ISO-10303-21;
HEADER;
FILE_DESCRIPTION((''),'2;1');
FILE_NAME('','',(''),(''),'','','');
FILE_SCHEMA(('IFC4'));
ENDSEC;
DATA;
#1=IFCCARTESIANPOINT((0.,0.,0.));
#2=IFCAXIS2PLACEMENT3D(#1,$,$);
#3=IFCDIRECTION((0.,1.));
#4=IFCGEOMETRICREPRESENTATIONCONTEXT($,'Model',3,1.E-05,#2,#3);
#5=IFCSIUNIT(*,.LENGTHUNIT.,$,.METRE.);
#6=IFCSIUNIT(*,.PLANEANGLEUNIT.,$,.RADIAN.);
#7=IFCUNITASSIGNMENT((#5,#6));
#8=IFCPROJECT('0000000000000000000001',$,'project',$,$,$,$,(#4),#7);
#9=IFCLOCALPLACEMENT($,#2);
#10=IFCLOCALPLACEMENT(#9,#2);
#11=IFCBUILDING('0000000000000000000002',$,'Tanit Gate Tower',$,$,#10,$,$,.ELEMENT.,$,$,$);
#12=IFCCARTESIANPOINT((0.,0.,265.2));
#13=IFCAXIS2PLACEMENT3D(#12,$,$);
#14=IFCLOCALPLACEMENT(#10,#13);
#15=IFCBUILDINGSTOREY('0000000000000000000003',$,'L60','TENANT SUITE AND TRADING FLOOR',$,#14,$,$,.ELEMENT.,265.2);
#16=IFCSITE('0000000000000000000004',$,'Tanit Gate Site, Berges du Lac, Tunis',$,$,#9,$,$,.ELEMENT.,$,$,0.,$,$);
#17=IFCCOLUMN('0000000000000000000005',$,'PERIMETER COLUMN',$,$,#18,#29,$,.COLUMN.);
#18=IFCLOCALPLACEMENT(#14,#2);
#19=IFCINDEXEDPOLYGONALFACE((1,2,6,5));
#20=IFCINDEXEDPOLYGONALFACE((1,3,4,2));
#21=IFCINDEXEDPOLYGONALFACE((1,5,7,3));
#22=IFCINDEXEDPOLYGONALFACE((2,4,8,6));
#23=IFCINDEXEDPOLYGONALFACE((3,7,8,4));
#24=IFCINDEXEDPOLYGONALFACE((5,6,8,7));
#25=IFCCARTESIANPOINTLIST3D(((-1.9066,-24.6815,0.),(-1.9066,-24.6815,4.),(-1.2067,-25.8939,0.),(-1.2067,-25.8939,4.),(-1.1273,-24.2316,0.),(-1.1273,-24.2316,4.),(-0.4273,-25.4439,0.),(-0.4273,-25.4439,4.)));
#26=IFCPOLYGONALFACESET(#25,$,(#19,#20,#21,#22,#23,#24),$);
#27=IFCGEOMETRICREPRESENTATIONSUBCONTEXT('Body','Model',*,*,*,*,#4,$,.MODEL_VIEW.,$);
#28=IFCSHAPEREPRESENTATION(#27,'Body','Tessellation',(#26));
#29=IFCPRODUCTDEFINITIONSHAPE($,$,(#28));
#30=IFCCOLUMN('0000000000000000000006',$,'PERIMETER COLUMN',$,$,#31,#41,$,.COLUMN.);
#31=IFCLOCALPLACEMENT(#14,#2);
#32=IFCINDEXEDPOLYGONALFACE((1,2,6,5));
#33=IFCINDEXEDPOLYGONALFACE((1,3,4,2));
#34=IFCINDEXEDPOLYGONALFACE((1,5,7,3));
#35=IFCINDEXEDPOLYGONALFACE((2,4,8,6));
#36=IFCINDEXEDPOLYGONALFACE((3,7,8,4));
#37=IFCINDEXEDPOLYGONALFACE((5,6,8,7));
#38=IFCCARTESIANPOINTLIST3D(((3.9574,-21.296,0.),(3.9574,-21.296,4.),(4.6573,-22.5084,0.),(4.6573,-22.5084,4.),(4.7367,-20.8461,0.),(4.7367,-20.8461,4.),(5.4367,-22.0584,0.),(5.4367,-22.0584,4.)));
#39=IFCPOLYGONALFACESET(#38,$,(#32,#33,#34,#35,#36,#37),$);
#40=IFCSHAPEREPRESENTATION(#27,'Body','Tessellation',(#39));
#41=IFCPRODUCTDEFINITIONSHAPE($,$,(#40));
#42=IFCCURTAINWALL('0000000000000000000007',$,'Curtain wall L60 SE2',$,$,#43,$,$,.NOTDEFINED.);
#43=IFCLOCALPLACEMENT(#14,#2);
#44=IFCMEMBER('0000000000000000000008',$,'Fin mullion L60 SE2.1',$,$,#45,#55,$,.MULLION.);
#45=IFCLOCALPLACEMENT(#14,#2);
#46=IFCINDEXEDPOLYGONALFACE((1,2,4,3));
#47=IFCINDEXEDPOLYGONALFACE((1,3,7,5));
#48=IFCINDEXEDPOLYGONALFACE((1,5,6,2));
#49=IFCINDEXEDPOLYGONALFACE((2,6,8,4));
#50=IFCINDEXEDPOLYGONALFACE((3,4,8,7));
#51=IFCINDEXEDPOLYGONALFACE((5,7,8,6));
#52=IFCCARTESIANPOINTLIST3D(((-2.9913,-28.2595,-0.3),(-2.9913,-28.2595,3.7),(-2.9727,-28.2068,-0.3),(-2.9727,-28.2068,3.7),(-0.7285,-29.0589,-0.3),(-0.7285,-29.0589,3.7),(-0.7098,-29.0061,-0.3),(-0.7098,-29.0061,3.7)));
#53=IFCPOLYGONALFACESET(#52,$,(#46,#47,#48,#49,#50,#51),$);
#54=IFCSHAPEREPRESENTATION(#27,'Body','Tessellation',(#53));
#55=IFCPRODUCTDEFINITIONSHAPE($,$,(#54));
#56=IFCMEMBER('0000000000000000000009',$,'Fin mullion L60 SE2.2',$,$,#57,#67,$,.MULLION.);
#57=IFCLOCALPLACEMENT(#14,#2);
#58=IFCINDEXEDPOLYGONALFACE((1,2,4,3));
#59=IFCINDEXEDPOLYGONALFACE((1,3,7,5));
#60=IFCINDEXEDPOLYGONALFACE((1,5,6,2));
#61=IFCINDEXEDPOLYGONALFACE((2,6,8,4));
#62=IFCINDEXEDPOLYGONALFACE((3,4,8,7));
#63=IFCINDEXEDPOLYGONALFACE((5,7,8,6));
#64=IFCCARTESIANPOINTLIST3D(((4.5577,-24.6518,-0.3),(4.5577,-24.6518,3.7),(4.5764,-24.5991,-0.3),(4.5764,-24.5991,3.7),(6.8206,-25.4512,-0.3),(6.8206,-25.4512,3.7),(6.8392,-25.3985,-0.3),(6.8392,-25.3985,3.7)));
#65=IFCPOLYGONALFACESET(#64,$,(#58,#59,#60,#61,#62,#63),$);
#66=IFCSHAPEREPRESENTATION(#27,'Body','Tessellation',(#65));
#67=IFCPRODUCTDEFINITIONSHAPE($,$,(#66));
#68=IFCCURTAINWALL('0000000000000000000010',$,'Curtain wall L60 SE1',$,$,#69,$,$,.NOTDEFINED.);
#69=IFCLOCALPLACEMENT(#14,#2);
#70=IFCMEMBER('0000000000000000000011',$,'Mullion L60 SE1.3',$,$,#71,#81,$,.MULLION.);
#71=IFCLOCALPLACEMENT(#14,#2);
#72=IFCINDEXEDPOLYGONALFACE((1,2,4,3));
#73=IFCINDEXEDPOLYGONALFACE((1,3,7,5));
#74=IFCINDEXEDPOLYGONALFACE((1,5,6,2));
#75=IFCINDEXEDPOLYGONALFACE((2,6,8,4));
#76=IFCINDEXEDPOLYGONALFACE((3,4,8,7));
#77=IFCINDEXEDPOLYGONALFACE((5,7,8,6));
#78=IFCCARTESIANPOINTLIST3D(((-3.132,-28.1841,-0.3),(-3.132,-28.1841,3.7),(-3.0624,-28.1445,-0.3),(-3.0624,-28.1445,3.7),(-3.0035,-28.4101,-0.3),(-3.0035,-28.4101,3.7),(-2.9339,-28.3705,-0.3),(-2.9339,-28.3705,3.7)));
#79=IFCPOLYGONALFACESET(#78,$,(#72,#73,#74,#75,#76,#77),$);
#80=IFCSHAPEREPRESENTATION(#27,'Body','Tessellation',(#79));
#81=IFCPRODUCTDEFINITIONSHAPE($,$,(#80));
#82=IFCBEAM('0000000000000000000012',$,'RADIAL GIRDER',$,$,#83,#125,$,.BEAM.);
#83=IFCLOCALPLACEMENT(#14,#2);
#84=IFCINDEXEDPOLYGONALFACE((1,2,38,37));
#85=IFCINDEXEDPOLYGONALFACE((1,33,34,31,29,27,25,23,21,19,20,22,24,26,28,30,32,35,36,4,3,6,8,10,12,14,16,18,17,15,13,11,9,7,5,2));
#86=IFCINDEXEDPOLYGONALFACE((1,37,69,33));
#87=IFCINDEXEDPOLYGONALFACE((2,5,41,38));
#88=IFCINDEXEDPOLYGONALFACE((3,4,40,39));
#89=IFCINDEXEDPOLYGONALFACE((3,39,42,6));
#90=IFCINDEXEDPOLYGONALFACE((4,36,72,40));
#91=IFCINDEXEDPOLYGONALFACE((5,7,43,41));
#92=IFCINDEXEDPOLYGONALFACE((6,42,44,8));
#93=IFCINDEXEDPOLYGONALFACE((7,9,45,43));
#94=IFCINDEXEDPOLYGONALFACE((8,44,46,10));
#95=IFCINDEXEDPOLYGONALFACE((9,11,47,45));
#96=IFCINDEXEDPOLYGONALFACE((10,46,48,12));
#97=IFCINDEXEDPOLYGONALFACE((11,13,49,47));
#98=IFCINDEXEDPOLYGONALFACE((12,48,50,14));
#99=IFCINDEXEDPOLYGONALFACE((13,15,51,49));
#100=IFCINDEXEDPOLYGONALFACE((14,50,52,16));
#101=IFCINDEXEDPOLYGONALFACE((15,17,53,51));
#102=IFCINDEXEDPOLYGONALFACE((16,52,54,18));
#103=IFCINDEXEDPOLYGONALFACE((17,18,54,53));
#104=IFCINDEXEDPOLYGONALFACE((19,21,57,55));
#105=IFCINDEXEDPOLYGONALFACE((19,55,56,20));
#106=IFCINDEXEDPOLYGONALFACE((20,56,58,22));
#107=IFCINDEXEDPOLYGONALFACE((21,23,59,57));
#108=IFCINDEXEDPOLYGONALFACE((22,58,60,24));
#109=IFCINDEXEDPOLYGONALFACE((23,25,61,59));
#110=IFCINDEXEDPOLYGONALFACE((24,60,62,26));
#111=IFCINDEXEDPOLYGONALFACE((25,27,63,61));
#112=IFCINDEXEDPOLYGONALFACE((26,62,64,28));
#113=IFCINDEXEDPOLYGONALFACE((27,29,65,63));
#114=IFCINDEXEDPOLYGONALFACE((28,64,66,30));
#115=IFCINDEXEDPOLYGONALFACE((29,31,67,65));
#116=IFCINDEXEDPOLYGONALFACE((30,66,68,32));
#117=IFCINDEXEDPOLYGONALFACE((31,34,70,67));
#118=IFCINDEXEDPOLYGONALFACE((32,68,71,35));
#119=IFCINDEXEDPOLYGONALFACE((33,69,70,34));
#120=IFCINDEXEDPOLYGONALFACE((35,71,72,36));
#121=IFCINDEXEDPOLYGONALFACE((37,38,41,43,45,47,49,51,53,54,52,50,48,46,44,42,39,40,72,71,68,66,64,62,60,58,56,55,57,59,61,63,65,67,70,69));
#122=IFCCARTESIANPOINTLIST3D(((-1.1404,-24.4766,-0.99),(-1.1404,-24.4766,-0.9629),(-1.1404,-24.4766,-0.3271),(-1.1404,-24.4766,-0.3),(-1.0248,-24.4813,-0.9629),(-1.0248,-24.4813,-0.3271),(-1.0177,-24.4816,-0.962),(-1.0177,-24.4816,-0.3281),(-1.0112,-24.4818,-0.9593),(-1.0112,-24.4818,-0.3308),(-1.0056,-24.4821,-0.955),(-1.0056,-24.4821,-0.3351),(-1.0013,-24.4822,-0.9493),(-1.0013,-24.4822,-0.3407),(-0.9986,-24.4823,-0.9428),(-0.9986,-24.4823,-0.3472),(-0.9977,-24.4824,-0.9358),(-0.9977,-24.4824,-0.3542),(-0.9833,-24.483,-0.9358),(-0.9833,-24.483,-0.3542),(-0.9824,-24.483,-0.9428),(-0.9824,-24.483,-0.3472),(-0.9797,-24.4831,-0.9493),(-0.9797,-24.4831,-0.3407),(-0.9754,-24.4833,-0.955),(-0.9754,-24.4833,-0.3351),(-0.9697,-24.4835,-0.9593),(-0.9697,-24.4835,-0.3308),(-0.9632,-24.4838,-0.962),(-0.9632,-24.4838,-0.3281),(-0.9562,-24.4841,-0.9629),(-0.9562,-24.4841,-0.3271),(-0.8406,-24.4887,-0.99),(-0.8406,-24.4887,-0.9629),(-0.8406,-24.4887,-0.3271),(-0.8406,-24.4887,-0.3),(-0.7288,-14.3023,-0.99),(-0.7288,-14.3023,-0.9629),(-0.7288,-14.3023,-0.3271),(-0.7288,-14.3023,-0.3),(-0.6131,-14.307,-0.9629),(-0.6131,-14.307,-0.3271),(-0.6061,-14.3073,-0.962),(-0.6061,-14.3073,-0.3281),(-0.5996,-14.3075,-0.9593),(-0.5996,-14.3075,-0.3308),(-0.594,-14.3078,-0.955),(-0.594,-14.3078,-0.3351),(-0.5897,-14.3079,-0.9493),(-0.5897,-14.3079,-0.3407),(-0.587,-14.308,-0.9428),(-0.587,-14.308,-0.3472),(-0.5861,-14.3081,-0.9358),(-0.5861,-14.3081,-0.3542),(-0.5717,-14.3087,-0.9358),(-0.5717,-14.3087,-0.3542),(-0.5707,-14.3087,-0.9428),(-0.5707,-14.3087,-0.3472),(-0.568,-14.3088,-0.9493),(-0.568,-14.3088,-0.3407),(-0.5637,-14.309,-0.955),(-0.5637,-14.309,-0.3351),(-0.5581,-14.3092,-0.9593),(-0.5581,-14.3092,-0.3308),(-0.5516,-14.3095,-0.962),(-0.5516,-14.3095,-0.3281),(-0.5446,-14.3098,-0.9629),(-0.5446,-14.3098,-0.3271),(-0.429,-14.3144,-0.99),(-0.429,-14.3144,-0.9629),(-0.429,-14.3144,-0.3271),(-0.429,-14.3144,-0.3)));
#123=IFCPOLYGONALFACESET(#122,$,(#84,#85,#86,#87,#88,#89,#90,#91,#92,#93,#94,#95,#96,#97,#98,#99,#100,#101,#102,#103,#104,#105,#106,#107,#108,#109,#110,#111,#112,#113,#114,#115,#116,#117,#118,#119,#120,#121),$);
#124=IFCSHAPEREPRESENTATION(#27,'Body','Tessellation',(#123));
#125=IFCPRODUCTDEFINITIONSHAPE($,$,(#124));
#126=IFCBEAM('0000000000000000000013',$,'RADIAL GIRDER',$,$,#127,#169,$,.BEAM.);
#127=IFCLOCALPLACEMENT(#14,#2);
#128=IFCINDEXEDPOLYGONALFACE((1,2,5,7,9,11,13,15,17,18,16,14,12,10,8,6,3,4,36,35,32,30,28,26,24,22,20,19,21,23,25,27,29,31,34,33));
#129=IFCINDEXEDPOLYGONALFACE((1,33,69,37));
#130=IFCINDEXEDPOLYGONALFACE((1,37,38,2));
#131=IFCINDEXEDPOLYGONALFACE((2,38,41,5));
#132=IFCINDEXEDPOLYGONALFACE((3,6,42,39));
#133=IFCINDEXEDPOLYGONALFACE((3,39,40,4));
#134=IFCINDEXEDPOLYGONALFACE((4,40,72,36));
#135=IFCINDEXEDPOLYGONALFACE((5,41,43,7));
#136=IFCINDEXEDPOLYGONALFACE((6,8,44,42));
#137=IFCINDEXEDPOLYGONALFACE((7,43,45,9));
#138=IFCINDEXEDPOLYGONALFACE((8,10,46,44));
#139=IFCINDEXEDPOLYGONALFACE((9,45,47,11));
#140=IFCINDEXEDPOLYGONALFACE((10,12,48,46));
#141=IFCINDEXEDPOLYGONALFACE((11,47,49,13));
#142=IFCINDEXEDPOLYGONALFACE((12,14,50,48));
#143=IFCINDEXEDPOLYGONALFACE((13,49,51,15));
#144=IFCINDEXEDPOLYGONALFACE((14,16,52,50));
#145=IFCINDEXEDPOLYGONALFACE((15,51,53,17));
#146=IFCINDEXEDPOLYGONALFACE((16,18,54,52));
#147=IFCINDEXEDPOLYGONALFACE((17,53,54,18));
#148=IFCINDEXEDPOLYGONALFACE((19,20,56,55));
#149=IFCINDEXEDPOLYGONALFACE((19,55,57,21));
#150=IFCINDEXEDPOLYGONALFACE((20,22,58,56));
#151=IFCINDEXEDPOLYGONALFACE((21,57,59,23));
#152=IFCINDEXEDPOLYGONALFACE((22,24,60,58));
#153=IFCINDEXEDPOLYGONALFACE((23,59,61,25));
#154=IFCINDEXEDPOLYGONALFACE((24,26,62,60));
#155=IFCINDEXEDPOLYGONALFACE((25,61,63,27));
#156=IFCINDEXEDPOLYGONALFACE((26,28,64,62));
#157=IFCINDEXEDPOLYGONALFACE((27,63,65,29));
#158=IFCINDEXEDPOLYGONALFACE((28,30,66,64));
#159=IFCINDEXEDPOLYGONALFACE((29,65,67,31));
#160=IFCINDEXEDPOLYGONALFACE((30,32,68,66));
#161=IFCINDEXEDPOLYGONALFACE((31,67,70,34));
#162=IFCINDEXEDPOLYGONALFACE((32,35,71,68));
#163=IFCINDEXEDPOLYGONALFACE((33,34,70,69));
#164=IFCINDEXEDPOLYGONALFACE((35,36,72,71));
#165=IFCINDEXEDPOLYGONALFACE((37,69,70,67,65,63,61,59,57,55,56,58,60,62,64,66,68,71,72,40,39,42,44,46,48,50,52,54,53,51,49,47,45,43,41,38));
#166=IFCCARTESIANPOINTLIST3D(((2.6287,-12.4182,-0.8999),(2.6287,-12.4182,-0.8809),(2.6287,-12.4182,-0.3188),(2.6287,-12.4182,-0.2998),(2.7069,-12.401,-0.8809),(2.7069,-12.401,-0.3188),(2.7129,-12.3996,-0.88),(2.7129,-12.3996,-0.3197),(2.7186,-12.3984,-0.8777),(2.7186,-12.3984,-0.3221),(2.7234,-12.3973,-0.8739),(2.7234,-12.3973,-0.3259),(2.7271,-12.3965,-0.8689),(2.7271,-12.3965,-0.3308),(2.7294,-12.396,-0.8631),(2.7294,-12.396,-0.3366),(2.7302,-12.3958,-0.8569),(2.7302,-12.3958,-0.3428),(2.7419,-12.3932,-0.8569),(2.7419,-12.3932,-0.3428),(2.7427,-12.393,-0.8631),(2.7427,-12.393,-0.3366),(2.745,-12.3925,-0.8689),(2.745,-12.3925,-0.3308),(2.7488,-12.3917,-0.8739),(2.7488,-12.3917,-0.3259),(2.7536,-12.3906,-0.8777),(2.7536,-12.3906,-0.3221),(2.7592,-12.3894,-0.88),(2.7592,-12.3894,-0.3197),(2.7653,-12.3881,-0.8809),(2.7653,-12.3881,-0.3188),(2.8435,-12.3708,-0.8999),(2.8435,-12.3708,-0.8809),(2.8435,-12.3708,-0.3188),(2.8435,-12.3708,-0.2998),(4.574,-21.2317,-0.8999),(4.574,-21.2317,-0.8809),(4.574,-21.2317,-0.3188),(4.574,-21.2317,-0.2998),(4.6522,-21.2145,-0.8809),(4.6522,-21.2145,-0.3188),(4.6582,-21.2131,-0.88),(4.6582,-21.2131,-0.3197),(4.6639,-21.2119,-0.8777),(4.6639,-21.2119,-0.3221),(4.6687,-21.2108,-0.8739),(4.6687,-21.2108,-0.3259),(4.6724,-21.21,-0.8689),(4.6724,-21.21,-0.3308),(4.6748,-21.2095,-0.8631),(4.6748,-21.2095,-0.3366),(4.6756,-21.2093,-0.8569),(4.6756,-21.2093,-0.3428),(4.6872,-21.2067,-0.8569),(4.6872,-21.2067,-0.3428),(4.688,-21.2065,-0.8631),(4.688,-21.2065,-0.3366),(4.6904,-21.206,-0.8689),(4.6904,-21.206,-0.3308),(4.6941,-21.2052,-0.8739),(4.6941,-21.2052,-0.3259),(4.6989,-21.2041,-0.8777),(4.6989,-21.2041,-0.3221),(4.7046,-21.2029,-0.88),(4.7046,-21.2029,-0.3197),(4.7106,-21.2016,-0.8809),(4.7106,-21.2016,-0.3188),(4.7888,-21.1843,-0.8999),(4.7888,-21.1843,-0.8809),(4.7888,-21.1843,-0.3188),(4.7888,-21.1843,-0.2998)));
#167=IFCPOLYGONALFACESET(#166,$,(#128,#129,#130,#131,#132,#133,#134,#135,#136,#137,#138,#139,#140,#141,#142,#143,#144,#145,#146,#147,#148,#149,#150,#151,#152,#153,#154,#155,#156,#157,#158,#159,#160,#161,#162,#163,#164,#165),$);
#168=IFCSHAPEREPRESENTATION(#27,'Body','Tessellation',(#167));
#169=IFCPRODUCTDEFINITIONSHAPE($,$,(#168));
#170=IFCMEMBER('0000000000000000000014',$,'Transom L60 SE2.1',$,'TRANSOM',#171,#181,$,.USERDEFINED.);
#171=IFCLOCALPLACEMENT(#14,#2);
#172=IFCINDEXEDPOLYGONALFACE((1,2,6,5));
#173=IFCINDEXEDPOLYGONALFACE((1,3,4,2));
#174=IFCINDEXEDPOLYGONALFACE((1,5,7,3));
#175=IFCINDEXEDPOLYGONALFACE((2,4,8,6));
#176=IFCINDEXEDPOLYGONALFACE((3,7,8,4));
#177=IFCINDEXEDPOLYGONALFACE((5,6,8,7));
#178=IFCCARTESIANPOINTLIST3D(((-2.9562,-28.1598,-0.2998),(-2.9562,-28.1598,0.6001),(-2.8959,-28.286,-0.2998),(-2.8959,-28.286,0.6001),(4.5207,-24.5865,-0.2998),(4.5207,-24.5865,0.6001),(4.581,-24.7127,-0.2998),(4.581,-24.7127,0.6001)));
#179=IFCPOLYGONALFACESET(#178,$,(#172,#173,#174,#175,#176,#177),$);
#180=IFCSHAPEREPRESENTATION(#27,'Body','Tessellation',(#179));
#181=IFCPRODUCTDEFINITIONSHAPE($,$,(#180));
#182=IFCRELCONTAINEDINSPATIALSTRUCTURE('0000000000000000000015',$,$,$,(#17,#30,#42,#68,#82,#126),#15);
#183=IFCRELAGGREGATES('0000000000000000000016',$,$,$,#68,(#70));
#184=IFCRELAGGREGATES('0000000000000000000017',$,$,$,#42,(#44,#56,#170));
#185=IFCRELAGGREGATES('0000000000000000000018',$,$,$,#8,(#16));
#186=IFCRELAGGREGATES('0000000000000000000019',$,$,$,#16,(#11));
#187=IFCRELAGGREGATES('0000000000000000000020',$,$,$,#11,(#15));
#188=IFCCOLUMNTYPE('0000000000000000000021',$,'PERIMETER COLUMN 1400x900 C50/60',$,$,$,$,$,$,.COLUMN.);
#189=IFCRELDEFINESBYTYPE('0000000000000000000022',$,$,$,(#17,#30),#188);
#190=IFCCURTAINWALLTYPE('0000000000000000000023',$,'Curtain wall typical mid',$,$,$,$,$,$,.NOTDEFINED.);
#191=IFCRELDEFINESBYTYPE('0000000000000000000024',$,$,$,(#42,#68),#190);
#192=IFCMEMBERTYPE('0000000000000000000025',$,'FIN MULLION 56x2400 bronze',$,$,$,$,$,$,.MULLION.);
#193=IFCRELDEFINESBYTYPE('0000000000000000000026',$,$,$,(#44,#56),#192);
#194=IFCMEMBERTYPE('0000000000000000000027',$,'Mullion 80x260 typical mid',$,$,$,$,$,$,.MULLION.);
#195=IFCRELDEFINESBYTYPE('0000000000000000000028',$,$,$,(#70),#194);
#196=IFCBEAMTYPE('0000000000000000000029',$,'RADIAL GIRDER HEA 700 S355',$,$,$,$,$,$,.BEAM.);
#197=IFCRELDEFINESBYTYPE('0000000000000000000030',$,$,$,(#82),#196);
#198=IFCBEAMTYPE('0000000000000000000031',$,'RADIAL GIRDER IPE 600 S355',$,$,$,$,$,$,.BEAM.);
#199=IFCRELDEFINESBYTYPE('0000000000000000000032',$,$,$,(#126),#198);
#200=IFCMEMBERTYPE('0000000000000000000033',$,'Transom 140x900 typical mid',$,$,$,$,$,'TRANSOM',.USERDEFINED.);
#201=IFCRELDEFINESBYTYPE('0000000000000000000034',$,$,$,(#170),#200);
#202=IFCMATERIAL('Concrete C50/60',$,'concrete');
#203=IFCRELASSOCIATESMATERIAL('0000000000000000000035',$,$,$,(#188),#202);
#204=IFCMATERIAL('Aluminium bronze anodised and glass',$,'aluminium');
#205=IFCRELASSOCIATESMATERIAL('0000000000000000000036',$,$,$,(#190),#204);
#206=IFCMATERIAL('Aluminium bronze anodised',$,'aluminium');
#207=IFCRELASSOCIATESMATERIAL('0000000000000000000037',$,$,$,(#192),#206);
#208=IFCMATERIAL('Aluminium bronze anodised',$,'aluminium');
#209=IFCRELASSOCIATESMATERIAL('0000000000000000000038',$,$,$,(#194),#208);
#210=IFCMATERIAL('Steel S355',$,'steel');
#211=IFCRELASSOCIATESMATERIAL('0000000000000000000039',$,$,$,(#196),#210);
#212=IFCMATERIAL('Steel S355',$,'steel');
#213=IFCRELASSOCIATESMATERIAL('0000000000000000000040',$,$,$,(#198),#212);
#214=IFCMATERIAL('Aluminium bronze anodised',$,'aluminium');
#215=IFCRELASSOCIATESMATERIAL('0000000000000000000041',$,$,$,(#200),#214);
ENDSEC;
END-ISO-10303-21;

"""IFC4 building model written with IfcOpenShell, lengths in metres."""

from ifc_helpers import new_model, si_unit, direction, frame, origin, origin_2d, place, context, subcontext, project, spatial, rectangle, i_section, extrude, material, material_profile, profile_set, type_object, element, aggregate, save


model = new_model("IFC4")

# Units and contexts
model_context = context("Model", 3, precision=1e-05, world=origin(), true_north=direction((0.0, 1.0)))
body_context = subcontext(model_context, "Body", "Model", "MODEL_VIEW")
ifc_project = project(units=[si_unit("LENGTHUNIT", "METRE"), si_unit("PLANEANGLEUNIT", "RADIAN")], contexts=[model_context])

# Site, building, storey
site_placement = place(None, origin())
site = spatial("IfcSite", under=ifc_project, at=site_placement, Name="Tanit Gate Site, Berges du Lac, Tunis", CompositionType="ELEMENT", RefElevation=0.0)
building_placement = place(site_placement, origin())
building = spatial("IfcBuilding", under=site, at=building_placement, Name="Tanit Gate Tower", CompositionType="ELEMENT")
storey_placement = place(building_placement, frame((0.0, 0.0, 265.2)))
storey = spatial("IfcBuildingStorey", under=building, at=storey_placement, Name="L60", Description="TENANT SUITE AND TRADING FLOOR", CompositionType="ELEMENT", Elevation=265.2)

# Columns
ifc_material_1 = material(Name="Concrete C50/60", Category="concrete")
ifc_material_profile_1 = material_profile(ifc_material_1, rectangle(XDim=1.3999, YDim=0.8999, at=origin_2d()), Name="RC 1400x900")
ifc_profile_set_1 = profile_set([ifc_material_profile_1], Name="Concrete C50/60")
column_type = type_object("IfcColumnType", Name="PERIMETER COLUMN 1400x900 C50/60", PredefinedType="COLUMN", material=ifc_profile_set_1)
for number, where, z_axis, x_axis, name in (
    (1, (-1.167, -25.0627, 0.0), (0.0, 0.0, 1.0), (0.5, -0.866025, 0.0), "PERIMETER COLUMN"),
    (2, (4.697, -21.6772, 0.0), (0.0, 0.0, 1.0), (0.5, -0.866025, 0.0), "PERIMETER COLUMN"),
):
    element("IfcColumn", number, at=place(storey_placement, frame(where, z_axis=z_axis, x_axis=x_axis)), inside=storey, type_object=column_type, Name=name, PredefinedType="COLUMN", context=body_context, shape_type="SweptSolid", body=[
        extrude(rectangle(XDim=1.3999, YDim=0.8999, at=origin_2d()), origin(), (0.0, 0.0, 1.0), 4.0),
    ])

# Curtain wall, members
ifc_material_2 = material(Name="Aluminium bronze anodised and glass", Category="aluminium")
curtain_wall_type = type_object("IfcCurtainWallType", Name="Curtain wall typical mid", PredefinedType="NOTDEFINED", material=ifc_material_2)
curtain_wall_1_placement = place(storey_placement, origin())
curtain_wall_1 = element("IfcCurtainWall", 3, at=curtain_wall_1_placement, inside=storey, type_object=curtain_wall_type, Name="Curtain wall L60 SE2", PredefinedType="NOTDEFINED")
ifc_material_3 = material(Name="Aluminium bronze anodised", Category="aluminium")
ifc_material_profile_2 = material_profile(ifc_material_3, rectangle(XDim=2.3999, YDim=0.0559, at=origin_2d()), Name="56x2400 bronze fin mullion")
ifc_profile_set_2 = profile_set([ifc_material_profile_2], Name="Aluminium bronze anodised")
member_type_1 = type_object("IfcMemberType", Name="FIN MULLION 56x2400 bronze", PredefinedType="MULLION", material=ifc_profile_set_2)
member_1_placement = place(storey_placement, frame((-1.8506, -28.6328, -0.3), z_axis=(0.0, 0.0, 1.0), x_axis=(-0.942895, 0.33309, 0.0)))
member_1 = element("IfcMember", 4, at=member_1_placement, type_object=member_type_1, Name="Fin mullion L60 SE2.1", PredefinedType="MULLION", context=body_context, shape_type="SweptSolid", body=[
    extrude(rectangle(XDim=2.3999, YDim=0.0559, at=origin_2d()), origin(), (0.0, 0.0, 1.0), 4.0),
])
member_2_placement = place(storey_placement, frame((5.6985, -25.0251, -0.3), z_axis=(0.0, 0.0, 1.0), x_axis=(-0.942895, 0.33309, 0.0)))
member_2 = element("IfcMember", 5, at=member_2_placement, type_object=member_type_1, Name="Fin mullion L60 SE2.2", PredefinedType="MULLION", context=body_context, shape_type="SweptSolid", body=[
    extrude(rectangle(XDim=2.3999, YDim=0.0559, at=origin_2d()), origin(), (0.0, 0.0, 1.0), 4.0),
])

# Curtain wall, member
curtain_wall_2_placement = place(storey_placement, origin())
curtain_wall_2 = element("IfcCurtainWall", 6, at=curtain_wall_2_placement, inside=storey, type_object=curtain_wall_type, Name="Curtain wall L60 SE1", PredefinedType="NOTDEFINED")
ifc_material_4 = material(Name="Aluminium bronze anodised", Category="aluminium")
ifc_material_profile_3 = material_profile(ifc_material_4, rectangle(XDim=0.26, YDim=0.0801, at=origin_2d()), Name="80x260 bronze mullion")
ifc_profile_set_3 = profile_set([ifc_material_profile_3], Name="Aluminium bronze anodised")
member_type_2 = type_object("IfcMemberType", Name="Mullion 80x260 typical mid", PredefinedType="MULLION", material=ifc_profile_set_3)
member_3_placement = place(storey_placement, frame((-3.033, -28.2773, -0.3), z_axis=(0.0, 0.0, 1.0), x_axis=(-0.49447, 0.869195, 0.0)))
member_3 = element("IfcMember", 7, at=member_3_placement, type_object=member_type_2, Name="Mullion L60 SE1.3", PredefinedType="MULLION", context=body_context, shape_type="SweptSolid", body=[
    extrude(rectangle(XDim=0.26, YDim=0.0801, at=origin_2d()), origin(), (0.0, 0.0, 1.0), 4.0),
])
aggregate(curtain_wall_2, [member_3])

# Beams
ifc_material_5 = material(Name="Steel S355", Category="steel")
ifc_material_profile_4 = material_profile(ifc_material_5, i_section(OverallWidth=0.3, OverallDepth=0.6899, WebThickness=0.0144, FlangeThickness=0.0271, FilletRadius=0.0271, at=origin_2d()), Name="HEA 700")
ifc_profile_set_4 = profile_set([ifc_material_profile_4], Name="Steel S355")
beam_type_1 = type_object("IfcBeamType", Name="RADIAL GIRDER HEA 700 S355", PredefinedType="BEAM", material=ifc_profile_set_4)
beam_1_placement = place(storey_placement, frame((-0.9905, -24.4827, -0.645), z_axis=(0.040424, 0.999183, 0.0), x_axis=(-0.999183, 0.040424, 0.0)))
element("IfcBeam", 8, at=beam_1_placement, inside=storey, type_object=beam_type_1, Name="RADIAL GIRDER", PredefinedType="BEAM", context=body_context, shape_type="SweptSolid", body=[
    extrude(i_section(OverallWidth=0.3, OverallDepth=0.6899, WebThickness=0.0144, FlangeThickness=0.0271, FilletRadius=0.0271, at=origin_2d()), origin(), (0.0, 0.0, 1.0), 10.1826),
])
ifc_material_6 = material(Name="Steel S355", Category="steel")
ifc_material_profile_5 = material_profile(ifc_material_6, i_section(OverallWidth=0.22, OverallDepth=0.6001, WebThickness=0.012, FlangeThickness=0.019, FilletRadius=0.0239, at=origin_2d()), Name="IPE 600")
ifc_profile_set_5 = profile_set([ifc_material_profile_5], Name="Steel S355")
beam_type_2 = type_object("IfcBeamType", Name="RADIAL GIRDER IPE 600 S355", PredefinedType="BEAM", material=ifc_profile_set_5)
beam_2_placement = place(storey_placement, frame((4.6814, -21.208, -0.5999), z_axis=(-0.215533, 0.976497, 0.0), x_axis=(-0.976497, -0.215533, 0.0)))
element("IfcBeam", 9, at=beam_2_placement, inside=storey, type_object=beam_type_2, Name="RADIAL GIRDER", PredefinedType="BEAM", context=body_context, shape_type="SweptSolid", body=[
    extrude(i_section(OverallWidth=0.22, OverallDepth=0.6001, WebThickness=0.012, FlangeThickness=0.019, FilletRadius=0.0239, at=origin_2d()), origin(), (0.0, 0.0, 1.0), 9.0256),
])

# Member
ifc_material_7 = material(Name="Aluminium bronze anodised", Category="aluminium")
ifc_material_profile_6 = material_profile(ifc_material_7, rectangle(XDim=0.1399, YDim=0.8999, at=origin_2d()), Name="140x900 bronze transom")
ifc_profile_set_6 = profile_set([ifc_material_profile_6], Name="Aluminium bronze anodised")
member_type_3 = type_object("IfcMemberType", Name="Transom 140x900 typical mid", ElementType="TRANSOM", PredefinedType="USERDEFINED", material=ifc_profile_set_6)
member_4_placement = place(storey_placement, frame((-2.926, -28.2229, 0.1501), z_axis=(0.902257, 0.431198, 0.0), x_axis=(-0.431198, 0.902257, 0.0)))
member_4 = element("IfcMember", 10, at=member_4_placement, type_object=member_type_3, Name="Transom L60 SE2.1", ObjectType="TRANSOM", PredefinedType="USERDEFINED", context=body_context, shape_type="SweptSolid", body=[
    extrude(rectangle(XDim=0.1399, YDim=0.8999, at=origin_2d()), origin(), (0.0, 0.0, 1.0), 8.2869),
])

aggregate(curtain_wall_1, [member_1, member_2, member_4])

save(model, "model.ifc")
